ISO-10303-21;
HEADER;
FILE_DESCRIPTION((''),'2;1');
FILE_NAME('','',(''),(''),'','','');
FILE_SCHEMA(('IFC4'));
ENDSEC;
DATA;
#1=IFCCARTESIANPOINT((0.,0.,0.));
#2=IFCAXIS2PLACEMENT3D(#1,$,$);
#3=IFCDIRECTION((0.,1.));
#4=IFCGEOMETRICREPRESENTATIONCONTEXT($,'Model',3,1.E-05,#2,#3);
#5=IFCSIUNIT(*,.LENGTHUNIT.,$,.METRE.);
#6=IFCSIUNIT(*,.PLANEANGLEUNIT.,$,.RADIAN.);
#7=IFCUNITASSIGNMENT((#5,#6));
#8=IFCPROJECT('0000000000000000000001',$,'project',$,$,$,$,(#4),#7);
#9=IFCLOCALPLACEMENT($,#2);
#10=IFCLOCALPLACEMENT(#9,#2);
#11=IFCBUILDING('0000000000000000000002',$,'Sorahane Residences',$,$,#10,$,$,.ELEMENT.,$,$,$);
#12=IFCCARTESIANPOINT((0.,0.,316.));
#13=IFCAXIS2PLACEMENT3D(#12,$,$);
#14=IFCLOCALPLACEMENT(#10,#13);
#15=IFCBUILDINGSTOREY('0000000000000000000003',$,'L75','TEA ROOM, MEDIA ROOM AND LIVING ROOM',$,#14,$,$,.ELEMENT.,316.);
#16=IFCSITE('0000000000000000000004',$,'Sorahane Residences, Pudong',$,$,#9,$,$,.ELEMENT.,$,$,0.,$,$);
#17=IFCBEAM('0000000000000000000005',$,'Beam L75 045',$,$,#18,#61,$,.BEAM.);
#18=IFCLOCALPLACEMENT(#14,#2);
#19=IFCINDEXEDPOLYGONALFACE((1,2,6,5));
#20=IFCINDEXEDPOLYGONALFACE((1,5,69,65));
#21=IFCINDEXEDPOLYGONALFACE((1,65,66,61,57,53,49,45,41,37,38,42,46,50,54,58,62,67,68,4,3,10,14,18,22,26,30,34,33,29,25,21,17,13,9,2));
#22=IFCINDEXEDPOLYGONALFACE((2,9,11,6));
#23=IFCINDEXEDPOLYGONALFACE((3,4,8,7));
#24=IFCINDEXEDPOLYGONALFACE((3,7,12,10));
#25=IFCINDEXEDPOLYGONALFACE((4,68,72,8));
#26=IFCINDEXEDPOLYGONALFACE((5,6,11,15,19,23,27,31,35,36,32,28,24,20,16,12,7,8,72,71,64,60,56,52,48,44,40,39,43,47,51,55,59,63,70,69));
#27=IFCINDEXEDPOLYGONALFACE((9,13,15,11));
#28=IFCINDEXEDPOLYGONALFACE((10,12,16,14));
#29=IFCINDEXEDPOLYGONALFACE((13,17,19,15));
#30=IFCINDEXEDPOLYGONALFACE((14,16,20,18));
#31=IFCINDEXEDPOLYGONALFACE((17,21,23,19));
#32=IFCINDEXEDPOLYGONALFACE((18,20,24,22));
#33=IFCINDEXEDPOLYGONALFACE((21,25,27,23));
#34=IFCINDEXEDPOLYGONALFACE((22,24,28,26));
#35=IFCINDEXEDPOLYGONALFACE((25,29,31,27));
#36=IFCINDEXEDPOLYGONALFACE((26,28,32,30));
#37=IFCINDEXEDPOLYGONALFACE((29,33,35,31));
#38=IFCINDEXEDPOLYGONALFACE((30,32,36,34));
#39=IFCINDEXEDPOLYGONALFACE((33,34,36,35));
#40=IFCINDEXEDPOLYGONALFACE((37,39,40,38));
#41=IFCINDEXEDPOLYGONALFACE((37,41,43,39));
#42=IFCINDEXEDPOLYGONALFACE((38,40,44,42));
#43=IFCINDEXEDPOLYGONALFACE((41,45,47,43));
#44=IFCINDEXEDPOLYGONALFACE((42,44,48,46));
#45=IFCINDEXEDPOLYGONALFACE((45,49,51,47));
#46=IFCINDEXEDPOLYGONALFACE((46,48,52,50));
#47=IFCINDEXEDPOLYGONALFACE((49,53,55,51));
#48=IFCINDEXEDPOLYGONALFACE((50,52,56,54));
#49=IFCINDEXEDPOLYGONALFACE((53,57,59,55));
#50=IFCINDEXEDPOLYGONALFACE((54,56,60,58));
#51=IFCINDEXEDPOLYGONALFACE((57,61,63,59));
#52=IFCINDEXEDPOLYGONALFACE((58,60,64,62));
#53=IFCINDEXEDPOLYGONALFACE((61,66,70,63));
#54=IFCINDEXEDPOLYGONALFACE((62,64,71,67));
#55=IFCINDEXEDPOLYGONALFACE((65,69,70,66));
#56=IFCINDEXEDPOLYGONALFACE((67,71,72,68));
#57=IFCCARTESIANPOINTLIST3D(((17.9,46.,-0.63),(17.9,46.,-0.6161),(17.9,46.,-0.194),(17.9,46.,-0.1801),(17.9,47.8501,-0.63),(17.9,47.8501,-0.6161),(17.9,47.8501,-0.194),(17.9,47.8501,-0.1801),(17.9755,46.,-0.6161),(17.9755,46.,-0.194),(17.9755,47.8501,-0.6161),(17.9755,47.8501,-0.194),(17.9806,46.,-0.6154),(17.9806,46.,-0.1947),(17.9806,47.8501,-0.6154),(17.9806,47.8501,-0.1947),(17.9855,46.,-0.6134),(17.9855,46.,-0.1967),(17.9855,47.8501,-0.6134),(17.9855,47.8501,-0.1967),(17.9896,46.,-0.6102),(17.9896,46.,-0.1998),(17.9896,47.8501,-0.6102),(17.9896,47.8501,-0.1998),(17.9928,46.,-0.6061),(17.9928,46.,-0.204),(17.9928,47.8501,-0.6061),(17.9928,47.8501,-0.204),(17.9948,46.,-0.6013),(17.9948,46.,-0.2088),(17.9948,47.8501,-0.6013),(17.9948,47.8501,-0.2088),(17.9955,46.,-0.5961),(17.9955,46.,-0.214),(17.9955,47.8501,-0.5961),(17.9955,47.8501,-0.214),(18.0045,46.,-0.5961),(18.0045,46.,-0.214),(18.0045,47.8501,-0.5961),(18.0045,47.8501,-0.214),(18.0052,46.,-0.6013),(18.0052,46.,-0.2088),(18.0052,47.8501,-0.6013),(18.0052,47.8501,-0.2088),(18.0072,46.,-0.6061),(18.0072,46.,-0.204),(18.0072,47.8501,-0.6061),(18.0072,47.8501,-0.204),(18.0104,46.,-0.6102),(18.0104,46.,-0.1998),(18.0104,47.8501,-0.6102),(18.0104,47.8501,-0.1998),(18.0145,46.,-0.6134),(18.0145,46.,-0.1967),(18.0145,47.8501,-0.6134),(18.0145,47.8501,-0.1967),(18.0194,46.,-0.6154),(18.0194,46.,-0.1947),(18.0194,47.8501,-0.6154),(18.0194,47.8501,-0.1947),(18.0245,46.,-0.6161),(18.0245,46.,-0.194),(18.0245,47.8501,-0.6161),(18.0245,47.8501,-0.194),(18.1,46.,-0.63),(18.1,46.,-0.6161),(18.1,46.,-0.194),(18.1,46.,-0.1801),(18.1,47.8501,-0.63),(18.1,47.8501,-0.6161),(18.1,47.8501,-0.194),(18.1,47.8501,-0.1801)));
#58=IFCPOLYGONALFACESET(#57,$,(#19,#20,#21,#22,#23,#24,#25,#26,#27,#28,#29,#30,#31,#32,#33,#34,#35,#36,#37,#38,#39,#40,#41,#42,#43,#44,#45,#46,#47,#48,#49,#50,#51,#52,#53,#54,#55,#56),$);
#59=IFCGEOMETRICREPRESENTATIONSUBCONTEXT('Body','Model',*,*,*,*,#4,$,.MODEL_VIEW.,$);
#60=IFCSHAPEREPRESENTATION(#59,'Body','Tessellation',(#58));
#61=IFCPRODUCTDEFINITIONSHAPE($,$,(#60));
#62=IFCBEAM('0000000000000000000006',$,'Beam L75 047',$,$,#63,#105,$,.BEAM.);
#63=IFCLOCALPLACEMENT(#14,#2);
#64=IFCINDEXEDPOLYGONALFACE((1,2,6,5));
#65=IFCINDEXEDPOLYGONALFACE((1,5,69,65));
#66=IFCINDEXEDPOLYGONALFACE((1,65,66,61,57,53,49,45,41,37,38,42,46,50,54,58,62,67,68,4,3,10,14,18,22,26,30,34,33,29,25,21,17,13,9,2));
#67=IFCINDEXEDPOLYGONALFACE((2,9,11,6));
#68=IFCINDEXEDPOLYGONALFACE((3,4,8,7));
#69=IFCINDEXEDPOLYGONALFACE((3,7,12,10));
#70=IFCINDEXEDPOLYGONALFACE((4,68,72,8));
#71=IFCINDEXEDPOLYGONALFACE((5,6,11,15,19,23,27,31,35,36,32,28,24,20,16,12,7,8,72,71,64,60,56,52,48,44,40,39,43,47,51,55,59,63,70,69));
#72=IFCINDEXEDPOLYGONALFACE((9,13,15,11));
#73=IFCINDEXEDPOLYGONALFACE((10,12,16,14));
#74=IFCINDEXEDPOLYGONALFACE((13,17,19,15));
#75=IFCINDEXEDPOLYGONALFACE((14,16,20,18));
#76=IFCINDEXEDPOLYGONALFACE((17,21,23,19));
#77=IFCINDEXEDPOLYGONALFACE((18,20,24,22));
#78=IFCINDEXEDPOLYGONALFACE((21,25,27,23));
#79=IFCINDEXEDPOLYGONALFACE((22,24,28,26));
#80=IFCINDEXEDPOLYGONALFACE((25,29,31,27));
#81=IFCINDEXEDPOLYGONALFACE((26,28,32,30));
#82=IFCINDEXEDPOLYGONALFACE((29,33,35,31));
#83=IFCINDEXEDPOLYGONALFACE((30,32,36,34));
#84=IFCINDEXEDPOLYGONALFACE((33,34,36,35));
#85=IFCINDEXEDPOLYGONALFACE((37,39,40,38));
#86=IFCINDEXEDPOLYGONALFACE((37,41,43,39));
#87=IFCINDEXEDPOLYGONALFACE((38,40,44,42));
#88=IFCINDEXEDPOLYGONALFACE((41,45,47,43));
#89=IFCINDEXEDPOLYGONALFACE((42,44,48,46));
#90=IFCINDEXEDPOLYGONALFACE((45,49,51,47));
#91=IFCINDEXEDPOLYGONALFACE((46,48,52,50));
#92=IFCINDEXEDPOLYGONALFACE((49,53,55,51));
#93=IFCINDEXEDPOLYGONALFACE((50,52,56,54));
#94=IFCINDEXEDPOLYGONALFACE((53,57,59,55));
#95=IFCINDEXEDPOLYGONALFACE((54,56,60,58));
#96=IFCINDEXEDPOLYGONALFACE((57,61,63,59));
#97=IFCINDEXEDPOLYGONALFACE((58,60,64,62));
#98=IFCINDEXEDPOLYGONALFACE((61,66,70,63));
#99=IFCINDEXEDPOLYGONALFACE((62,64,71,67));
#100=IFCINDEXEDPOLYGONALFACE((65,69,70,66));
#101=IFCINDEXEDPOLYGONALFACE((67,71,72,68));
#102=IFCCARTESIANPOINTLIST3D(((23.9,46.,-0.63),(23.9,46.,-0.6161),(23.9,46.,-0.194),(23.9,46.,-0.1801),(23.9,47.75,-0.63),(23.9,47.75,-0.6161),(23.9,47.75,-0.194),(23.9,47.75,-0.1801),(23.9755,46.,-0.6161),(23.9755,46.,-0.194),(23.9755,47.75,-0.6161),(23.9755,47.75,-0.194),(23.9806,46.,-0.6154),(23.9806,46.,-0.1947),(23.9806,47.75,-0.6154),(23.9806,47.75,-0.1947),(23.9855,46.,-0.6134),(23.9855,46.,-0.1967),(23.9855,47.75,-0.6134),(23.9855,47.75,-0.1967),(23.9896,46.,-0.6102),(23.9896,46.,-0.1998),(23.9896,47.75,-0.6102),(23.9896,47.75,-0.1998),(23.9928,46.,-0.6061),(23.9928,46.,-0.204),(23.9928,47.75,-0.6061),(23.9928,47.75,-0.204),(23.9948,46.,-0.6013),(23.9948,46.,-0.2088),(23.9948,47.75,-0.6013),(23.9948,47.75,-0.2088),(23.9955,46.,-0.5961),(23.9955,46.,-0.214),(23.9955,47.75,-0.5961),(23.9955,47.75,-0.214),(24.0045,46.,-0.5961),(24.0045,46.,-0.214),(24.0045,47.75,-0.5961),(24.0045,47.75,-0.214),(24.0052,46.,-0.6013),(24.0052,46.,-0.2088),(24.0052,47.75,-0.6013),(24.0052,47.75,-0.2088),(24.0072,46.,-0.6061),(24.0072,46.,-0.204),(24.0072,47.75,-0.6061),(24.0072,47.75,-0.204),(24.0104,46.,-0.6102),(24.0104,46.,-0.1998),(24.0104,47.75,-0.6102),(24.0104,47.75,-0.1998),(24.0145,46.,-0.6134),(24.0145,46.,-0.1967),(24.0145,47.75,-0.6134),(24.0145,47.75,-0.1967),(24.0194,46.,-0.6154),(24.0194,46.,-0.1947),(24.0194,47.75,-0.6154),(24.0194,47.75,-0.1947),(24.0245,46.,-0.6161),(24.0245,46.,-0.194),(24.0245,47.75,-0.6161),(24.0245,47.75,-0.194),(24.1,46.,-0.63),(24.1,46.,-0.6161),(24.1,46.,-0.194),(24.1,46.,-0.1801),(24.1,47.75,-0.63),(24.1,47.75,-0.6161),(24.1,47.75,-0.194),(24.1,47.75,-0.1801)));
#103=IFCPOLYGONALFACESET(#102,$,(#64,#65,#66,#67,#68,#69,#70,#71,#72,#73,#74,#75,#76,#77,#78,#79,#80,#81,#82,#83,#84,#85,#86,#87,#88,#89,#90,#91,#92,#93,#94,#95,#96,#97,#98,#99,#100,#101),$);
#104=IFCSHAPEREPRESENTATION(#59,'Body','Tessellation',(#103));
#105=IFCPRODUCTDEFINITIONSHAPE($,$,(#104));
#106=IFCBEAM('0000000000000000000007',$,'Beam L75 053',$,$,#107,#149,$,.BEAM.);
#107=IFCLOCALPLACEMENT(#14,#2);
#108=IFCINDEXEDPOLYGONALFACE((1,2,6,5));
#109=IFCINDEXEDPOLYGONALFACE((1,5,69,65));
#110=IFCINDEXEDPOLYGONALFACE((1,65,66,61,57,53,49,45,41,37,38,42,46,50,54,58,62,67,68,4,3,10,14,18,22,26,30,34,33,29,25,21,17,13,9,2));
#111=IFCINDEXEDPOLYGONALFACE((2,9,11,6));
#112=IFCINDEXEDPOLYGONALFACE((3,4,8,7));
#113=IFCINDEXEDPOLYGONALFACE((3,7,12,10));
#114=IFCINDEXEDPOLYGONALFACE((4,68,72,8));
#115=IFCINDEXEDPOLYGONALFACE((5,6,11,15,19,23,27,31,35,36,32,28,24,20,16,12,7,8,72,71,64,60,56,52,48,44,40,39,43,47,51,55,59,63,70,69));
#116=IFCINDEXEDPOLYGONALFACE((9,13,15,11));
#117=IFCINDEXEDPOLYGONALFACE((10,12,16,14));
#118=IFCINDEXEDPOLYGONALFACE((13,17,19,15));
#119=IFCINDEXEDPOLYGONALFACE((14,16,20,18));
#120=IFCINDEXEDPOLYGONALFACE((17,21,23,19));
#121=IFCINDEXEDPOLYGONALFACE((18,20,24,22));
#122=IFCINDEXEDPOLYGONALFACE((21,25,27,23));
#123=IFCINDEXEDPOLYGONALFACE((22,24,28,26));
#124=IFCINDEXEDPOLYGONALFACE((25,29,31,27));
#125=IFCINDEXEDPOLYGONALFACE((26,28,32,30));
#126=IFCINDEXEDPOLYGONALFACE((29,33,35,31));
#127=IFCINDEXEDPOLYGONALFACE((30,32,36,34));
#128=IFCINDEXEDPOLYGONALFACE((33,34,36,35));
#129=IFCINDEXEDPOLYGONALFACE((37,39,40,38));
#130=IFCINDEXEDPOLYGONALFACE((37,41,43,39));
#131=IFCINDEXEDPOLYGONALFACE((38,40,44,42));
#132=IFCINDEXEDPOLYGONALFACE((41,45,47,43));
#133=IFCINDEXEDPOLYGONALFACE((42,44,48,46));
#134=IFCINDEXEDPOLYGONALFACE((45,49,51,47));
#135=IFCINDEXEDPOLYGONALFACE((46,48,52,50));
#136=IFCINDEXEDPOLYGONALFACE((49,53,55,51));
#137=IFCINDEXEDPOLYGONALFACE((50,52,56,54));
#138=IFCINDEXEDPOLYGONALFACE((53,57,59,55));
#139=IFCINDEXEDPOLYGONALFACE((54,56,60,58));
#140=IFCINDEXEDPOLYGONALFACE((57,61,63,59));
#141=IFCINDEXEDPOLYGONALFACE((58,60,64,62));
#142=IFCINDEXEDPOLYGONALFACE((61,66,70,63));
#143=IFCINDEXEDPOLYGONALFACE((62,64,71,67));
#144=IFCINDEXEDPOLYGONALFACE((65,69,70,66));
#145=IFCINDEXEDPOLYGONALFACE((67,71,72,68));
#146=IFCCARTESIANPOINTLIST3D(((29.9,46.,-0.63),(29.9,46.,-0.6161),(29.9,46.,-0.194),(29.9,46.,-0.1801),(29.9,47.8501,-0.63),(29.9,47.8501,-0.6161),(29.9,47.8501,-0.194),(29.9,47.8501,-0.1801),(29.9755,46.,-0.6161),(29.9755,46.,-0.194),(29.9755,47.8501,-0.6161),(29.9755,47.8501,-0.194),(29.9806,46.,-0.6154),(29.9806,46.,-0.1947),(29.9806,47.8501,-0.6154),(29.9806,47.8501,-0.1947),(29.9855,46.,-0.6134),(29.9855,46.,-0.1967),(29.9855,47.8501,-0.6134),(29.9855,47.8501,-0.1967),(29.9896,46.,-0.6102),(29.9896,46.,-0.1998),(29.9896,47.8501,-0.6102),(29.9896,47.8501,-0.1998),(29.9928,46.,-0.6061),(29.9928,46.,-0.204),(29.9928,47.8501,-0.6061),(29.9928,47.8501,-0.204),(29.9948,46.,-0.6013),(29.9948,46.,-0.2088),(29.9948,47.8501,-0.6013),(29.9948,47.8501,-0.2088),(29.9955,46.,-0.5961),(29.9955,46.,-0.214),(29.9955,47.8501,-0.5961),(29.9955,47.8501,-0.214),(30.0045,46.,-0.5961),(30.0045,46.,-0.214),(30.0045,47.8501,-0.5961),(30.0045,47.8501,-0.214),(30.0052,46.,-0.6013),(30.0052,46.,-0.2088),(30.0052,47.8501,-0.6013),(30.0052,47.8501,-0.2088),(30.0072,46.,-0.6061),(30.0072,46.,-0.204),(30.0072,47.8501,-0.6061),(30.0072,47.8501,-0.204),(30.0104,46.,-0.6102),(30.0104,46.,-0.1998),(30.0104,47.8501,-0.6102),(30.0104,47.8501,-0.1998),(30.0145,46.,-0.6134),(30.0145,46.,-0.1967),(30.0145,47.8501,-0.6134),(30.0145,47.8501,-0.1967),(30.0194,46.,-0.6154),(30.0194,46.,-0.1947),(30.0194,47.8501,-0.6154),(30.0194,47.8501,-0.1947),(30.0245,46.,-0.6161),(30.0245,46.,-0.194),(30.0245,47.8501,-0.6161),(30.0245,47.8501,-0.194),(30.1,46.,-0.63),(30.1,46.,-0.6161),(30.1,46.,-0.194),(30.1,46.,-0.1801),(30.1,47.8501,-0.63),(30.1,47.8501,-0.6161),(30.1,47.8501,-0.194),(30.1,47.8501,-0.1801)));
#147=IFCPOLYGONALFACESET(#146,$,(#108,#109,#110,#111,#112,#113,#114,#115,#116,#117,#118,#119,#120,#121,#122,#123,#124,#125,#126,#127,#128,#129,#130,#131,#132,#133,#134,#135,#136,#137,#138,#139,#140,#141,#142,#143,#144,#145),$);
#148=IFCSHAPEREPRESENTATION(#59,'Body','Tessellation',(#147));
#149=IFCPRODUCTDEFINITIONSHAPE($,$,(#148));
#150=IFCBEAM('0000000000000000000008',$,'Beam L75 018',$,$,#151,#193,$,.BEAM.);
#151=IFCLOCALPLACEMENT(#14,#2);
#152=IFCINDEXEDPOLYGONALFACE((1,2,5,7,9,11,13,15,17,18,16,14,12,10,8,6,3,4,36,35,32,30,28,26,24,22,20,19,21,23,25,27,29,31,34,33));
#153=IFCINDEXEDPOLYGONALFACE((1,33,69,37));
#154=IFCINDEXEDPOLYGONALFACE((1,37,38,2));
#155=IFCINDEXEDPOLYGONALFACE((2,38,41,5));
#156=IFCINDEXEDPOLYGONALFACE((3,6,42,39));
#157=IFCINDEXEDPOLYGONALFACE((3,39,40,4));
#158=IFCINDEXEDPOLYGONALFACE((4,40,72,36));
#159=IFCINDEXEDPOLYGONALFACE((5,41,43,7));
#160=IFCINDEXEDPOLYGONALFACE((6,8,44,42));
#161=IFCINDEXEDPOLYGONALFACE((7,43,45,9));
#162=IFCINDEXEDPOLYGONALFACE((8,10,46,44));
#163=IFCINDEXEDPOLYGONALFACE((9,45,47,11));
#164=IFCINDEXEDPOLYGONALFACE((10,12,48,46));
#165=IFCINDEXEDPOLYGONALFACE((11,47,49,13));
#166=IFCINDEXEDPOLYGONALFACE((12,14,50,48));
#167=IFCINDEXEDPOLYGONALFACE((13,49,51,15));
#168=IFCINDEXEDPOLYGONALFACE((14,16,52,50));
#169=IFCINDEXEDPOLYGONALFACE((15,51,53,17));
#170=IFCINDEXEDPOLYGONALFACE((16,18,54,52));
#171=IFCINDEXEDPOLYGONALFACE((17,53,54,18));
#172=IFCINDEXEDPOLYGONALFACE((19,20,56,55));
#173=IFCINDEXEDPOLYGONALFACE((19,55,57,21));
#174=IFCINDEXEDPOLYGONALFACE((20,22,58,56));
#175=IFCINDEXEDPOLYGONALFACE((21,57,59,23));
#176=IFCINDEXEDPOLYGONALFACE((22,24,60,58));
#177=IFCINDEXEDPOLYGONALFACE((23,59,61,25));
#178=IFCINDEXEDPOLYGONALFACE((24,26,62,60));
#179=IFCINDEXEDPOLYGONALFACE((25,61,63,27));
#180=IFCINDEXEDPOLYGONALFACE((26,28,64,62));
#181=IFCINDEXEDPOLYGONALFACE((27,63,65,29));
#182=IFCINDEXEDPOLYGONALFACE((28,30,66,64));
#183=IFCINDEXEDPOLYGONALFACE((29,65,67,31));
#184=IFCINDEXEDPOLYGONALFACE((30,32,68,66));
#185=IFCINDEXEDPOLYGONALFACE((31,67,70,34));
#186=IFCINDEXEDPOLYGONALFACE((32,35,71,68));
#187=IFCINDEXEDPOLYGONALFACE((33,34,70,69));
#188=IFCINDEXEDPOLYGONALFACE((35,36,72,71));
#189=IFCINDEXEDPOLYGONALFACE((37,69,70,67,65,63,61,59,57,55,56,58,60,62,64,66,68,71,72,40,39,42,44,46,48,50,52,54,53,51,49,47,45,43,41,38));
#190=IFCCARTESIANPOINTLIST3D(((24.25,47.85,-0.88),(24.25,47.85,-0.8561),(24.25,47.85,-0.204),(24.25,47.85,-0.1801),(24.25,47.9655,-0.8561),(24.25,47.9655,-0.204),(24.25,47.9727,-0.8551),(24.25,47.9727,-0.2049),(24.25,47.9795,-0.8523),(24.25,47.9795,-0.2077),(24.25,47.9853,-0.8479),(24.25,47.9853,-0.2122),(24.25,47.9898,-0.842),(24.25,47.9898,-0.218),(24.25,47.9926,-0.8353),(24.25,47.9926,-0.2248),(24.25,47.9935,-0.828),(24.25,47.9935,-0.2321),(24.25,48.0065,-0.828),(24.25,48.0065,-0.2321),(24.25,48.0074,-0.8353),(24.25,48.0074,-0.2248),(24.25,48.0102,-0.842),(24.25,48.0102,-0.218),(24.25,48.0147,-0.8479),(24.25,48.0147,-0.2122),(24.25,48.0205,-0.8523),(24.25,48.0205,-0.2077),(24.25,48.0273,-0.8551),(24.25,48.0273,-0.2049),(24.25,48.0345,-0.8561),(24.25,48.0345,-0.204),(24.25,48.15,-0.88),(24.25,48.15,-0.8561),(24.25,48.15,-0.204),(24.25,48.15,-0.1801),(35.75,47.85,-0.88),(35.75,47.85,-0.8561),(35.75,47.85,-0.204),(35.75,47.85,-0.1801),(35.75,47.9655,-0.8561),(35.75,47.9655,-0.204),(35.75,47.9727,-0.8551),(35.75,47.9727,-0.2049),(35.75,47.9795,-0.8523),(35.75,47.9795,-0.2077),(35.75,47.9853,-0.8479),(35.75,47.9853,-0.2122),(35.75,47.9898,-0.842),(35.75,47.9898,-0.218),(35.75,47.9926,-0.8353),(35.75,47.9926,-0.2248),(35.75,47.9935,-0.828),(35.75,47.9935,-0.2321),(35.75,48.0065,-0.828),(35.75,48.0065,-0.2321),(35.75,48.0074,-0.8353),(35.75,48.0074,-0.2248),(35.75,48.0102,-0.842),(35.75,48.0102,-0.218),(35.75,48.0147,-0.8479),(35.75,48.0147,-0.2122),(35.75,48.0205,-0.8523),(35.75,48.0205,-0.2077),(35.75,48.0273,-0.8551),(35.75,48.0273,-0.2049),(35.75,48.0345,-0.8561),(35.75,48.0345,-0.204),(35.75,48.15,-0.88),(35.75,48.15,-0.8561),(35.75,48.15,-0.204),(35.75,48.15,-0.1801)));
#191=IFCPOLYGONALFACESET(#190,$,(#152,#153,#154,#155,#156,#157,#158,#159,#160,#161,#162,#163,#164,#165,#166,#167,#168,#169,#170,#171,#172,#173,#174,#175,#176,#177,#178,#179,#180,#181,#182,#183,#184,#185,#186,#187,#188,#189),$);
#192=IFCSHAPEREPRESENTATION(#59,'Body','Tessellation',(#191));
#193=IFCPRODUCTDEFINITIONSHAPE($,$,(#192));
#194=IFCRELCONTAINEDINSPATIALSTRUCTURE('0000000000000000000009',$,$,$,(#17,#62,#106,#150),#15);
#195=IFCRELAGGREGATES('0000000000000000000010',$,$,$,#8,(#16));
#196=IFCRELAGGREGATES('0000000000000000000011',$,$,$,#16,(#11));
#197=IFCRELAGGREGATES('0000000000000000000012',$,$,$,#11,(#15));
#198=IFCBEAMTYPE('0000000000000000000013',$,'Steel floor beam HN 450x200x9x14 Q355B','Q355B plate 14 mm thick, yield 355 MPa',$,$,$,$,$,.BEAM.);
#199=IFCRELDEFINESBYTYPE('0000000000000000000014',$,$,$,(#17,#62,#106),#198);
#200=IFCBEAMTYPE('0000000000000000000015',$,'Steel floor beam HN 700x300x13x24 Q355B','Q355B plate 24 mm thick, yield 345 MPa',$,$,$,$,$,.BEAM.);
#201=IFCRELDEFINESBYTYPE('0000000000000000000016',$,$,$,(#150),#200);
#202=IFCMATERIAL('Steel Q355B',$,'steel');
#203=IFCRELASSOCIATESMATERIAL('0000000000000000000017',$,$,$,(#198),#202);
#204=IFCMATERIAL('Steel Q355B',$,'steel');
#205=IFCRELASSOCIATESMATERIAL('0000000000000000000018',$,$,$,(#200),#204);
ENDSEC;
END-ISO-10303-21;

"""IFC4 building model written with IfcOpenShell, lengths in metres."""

from ifc_helpers import new_model, si_unit, direction, frame, origin, origin_2d, place, context, subcontext, project, spatial, i_section, extrude, material, material_profile, profile_set, type_object, element, save


model = new_model("IFC4")

# Units and contexts
model_context = context("Model", 3, precision=1e-05, world=origin(), true_north=direction((0.0, 1.0)))
body_context = subcontext(model_context, "Body", "Model", "MODEL_VIEW")
ifc_project = project(units=[si_unit("LENGTHUNIT", "METRE"), si_unit("PLANEANGLEUNIT", "RADIAN")], contexts=[model_context])

# Site, building, storey
site_placement = place(None, origin())
site = spatial("IfcSite", under=ifc_project, at=site_placement, Name="Sorahane Residences, Pudong", CompositionType="ELEMENT", RefElevation=0.0)
building_placement = place(site_placement, origin())
building = spatial("IfcBuilding", under=site, at=building_placement, Name="Sorahane Residences", CompositionType="ELEMENT")
storey_placement = place(building_placement, frame((0.0, 0.0, 316.0)))
storey = spatial("IfcBuildingStorey", under=building, at=storey_placement, Name="L75", Description="TEA ROOM, MEDIA ROOM AND LIVING ROOM", CompositionType="ELEMENT", Elevation=316.0)

# Beams
ifc_material_1 = material(Name="Steel Q355B", Category="steel")
ifc_material_profile_1 = material_profile(ifc_material_1, i_section(OverallWidth=0.2, OverallDepth=0.45, WebThickness=0.009, FlangeThickness=0.0139, FilletRadius=0.02, at=origin_2d()), Name="HN 450x200x9x14")
ifc_profile_set_1 = profile_set([ifc_material_profile_1], Name="Steel Q355B")
beam_type_1 = type_object("IfcBeamType", Name="Steel floor beam HN 450x200x9x14 Q355B", Description="Q355B plate 14 mm thick, yield 355 MPa", PredefinedType="BEAM", material=ifc_profile_set_1)
beam_1_placement = place(storey_placement, frame((18.0, 46.0, -0.405), z_axis=(0.0, 1.0, 0.0), x_axis=(-1.0, 0.0, 0.0)))
element("IfcBeam", 1, at=beam_1_placement, inside=storey, type_object=beam_type_1, Name="Beam L75 045", PredefinedType="BEAM", context=body_context, shape_type="SweptSolid", body=[
    extrude(i_section(OverallWidth=0.2, OverallDepth=0.45, WebThickness=0.009, FlangeThickness=0.0139, FilletRadius=0.02, at=origin_2d()), origin(), (0.0, 0.0, 1.0), 1.8501),
])
beam_2_placement = place(storey_placement, frame((24.0, 46.0, -0.405), z_axis=(0.0, 1.0, 0.0), x_axis=(-1.0, 0.0, 0.0)))
element("IfcBeam", 2, at=beam_2_placement, inside=storey, type_object=beam_type_1, Name="Beam L75 047", PredefinedType="BEAM", context=body_context, shape_type="SweptSolid", body=[
    extrude(i_section(OverallWidth=0.2, OverallDepth=0.45, WebThickness=0.009, FlangeThickness=0.0139, FilletRadius=0.02, at=origin_2d()), origin(), (0.0, 0.0, 1.0), 1.75),
])
beam_3_placement = place(storey_placement, frame((30.0, 46.0, -0.405), z_axis=(0.0, 1.0, 0.0), x_axis=(-1.0, 0.0, 0.0)))
element("IfcBeam", 3, at=beam_3_placement, inside=storey, type_object=beam_type_1, Name="Beam L75 053", PredefinedType="BEAM", context=body_context, shape_type="SweptSolid", body=[
    extrude(i_section(OverallWidth=0.2, OverallDepth=0.45, WebThickness=0.009, FlangeThickness=0.0139, FilletRadius=0.02, at=origin_2d()), origin(), (0.0, 0.0, 1.0), 1.8501),
])
ifc_material_2 = material(Name="Steel Q355B", Category="steel")
ifc_material_profile_2 = material_profile(ifc_material_2, i_section(OverallWidth=0.3, OverallDepth=0.7, WebThickness=0.0129, FlangeThickness=0.0239, FilletRadius=0.0281, at=origin_2d()), Name="HN 700x300x13x24")
ifc_profile_set_2 = profile_set([ifc_material_profile_2], Name="Steel Q355B")
beam_type_2 = type_object("IfcBeamType", Name="Steel floor beam HN 700x300x13x24 Q355B", Description="Q355B plate 24 mm thick, yield 345 MPa", PredefinedType="BEAM", material=ifc_profile_set_2)
beam_4_placement = place(storey_placement, frame((24.25, 48.0, -0.53), z_axis=(1.0, 0.0, 0.0), x_axis=(0.0, 1.0, 0.0)))
element("IfcBeam", 4, at=beam_4_placement, inside=storey, type_object=beam_type_2, Name="Beam L75 018", PredefinedType="BEAM", context=body_context, shape_type="SweptSolid", body=[
    extrude(i_section(OverallWidth=0.3, OverallDepth=0.7, WebThickness=0.0129, FlangeThickness=0.0239, FilletRadius=0.0281, at=origin_2d()), origin(), (0.0, 0.0, 1.0), 11.5),
])

save(model, "model.ifc")
